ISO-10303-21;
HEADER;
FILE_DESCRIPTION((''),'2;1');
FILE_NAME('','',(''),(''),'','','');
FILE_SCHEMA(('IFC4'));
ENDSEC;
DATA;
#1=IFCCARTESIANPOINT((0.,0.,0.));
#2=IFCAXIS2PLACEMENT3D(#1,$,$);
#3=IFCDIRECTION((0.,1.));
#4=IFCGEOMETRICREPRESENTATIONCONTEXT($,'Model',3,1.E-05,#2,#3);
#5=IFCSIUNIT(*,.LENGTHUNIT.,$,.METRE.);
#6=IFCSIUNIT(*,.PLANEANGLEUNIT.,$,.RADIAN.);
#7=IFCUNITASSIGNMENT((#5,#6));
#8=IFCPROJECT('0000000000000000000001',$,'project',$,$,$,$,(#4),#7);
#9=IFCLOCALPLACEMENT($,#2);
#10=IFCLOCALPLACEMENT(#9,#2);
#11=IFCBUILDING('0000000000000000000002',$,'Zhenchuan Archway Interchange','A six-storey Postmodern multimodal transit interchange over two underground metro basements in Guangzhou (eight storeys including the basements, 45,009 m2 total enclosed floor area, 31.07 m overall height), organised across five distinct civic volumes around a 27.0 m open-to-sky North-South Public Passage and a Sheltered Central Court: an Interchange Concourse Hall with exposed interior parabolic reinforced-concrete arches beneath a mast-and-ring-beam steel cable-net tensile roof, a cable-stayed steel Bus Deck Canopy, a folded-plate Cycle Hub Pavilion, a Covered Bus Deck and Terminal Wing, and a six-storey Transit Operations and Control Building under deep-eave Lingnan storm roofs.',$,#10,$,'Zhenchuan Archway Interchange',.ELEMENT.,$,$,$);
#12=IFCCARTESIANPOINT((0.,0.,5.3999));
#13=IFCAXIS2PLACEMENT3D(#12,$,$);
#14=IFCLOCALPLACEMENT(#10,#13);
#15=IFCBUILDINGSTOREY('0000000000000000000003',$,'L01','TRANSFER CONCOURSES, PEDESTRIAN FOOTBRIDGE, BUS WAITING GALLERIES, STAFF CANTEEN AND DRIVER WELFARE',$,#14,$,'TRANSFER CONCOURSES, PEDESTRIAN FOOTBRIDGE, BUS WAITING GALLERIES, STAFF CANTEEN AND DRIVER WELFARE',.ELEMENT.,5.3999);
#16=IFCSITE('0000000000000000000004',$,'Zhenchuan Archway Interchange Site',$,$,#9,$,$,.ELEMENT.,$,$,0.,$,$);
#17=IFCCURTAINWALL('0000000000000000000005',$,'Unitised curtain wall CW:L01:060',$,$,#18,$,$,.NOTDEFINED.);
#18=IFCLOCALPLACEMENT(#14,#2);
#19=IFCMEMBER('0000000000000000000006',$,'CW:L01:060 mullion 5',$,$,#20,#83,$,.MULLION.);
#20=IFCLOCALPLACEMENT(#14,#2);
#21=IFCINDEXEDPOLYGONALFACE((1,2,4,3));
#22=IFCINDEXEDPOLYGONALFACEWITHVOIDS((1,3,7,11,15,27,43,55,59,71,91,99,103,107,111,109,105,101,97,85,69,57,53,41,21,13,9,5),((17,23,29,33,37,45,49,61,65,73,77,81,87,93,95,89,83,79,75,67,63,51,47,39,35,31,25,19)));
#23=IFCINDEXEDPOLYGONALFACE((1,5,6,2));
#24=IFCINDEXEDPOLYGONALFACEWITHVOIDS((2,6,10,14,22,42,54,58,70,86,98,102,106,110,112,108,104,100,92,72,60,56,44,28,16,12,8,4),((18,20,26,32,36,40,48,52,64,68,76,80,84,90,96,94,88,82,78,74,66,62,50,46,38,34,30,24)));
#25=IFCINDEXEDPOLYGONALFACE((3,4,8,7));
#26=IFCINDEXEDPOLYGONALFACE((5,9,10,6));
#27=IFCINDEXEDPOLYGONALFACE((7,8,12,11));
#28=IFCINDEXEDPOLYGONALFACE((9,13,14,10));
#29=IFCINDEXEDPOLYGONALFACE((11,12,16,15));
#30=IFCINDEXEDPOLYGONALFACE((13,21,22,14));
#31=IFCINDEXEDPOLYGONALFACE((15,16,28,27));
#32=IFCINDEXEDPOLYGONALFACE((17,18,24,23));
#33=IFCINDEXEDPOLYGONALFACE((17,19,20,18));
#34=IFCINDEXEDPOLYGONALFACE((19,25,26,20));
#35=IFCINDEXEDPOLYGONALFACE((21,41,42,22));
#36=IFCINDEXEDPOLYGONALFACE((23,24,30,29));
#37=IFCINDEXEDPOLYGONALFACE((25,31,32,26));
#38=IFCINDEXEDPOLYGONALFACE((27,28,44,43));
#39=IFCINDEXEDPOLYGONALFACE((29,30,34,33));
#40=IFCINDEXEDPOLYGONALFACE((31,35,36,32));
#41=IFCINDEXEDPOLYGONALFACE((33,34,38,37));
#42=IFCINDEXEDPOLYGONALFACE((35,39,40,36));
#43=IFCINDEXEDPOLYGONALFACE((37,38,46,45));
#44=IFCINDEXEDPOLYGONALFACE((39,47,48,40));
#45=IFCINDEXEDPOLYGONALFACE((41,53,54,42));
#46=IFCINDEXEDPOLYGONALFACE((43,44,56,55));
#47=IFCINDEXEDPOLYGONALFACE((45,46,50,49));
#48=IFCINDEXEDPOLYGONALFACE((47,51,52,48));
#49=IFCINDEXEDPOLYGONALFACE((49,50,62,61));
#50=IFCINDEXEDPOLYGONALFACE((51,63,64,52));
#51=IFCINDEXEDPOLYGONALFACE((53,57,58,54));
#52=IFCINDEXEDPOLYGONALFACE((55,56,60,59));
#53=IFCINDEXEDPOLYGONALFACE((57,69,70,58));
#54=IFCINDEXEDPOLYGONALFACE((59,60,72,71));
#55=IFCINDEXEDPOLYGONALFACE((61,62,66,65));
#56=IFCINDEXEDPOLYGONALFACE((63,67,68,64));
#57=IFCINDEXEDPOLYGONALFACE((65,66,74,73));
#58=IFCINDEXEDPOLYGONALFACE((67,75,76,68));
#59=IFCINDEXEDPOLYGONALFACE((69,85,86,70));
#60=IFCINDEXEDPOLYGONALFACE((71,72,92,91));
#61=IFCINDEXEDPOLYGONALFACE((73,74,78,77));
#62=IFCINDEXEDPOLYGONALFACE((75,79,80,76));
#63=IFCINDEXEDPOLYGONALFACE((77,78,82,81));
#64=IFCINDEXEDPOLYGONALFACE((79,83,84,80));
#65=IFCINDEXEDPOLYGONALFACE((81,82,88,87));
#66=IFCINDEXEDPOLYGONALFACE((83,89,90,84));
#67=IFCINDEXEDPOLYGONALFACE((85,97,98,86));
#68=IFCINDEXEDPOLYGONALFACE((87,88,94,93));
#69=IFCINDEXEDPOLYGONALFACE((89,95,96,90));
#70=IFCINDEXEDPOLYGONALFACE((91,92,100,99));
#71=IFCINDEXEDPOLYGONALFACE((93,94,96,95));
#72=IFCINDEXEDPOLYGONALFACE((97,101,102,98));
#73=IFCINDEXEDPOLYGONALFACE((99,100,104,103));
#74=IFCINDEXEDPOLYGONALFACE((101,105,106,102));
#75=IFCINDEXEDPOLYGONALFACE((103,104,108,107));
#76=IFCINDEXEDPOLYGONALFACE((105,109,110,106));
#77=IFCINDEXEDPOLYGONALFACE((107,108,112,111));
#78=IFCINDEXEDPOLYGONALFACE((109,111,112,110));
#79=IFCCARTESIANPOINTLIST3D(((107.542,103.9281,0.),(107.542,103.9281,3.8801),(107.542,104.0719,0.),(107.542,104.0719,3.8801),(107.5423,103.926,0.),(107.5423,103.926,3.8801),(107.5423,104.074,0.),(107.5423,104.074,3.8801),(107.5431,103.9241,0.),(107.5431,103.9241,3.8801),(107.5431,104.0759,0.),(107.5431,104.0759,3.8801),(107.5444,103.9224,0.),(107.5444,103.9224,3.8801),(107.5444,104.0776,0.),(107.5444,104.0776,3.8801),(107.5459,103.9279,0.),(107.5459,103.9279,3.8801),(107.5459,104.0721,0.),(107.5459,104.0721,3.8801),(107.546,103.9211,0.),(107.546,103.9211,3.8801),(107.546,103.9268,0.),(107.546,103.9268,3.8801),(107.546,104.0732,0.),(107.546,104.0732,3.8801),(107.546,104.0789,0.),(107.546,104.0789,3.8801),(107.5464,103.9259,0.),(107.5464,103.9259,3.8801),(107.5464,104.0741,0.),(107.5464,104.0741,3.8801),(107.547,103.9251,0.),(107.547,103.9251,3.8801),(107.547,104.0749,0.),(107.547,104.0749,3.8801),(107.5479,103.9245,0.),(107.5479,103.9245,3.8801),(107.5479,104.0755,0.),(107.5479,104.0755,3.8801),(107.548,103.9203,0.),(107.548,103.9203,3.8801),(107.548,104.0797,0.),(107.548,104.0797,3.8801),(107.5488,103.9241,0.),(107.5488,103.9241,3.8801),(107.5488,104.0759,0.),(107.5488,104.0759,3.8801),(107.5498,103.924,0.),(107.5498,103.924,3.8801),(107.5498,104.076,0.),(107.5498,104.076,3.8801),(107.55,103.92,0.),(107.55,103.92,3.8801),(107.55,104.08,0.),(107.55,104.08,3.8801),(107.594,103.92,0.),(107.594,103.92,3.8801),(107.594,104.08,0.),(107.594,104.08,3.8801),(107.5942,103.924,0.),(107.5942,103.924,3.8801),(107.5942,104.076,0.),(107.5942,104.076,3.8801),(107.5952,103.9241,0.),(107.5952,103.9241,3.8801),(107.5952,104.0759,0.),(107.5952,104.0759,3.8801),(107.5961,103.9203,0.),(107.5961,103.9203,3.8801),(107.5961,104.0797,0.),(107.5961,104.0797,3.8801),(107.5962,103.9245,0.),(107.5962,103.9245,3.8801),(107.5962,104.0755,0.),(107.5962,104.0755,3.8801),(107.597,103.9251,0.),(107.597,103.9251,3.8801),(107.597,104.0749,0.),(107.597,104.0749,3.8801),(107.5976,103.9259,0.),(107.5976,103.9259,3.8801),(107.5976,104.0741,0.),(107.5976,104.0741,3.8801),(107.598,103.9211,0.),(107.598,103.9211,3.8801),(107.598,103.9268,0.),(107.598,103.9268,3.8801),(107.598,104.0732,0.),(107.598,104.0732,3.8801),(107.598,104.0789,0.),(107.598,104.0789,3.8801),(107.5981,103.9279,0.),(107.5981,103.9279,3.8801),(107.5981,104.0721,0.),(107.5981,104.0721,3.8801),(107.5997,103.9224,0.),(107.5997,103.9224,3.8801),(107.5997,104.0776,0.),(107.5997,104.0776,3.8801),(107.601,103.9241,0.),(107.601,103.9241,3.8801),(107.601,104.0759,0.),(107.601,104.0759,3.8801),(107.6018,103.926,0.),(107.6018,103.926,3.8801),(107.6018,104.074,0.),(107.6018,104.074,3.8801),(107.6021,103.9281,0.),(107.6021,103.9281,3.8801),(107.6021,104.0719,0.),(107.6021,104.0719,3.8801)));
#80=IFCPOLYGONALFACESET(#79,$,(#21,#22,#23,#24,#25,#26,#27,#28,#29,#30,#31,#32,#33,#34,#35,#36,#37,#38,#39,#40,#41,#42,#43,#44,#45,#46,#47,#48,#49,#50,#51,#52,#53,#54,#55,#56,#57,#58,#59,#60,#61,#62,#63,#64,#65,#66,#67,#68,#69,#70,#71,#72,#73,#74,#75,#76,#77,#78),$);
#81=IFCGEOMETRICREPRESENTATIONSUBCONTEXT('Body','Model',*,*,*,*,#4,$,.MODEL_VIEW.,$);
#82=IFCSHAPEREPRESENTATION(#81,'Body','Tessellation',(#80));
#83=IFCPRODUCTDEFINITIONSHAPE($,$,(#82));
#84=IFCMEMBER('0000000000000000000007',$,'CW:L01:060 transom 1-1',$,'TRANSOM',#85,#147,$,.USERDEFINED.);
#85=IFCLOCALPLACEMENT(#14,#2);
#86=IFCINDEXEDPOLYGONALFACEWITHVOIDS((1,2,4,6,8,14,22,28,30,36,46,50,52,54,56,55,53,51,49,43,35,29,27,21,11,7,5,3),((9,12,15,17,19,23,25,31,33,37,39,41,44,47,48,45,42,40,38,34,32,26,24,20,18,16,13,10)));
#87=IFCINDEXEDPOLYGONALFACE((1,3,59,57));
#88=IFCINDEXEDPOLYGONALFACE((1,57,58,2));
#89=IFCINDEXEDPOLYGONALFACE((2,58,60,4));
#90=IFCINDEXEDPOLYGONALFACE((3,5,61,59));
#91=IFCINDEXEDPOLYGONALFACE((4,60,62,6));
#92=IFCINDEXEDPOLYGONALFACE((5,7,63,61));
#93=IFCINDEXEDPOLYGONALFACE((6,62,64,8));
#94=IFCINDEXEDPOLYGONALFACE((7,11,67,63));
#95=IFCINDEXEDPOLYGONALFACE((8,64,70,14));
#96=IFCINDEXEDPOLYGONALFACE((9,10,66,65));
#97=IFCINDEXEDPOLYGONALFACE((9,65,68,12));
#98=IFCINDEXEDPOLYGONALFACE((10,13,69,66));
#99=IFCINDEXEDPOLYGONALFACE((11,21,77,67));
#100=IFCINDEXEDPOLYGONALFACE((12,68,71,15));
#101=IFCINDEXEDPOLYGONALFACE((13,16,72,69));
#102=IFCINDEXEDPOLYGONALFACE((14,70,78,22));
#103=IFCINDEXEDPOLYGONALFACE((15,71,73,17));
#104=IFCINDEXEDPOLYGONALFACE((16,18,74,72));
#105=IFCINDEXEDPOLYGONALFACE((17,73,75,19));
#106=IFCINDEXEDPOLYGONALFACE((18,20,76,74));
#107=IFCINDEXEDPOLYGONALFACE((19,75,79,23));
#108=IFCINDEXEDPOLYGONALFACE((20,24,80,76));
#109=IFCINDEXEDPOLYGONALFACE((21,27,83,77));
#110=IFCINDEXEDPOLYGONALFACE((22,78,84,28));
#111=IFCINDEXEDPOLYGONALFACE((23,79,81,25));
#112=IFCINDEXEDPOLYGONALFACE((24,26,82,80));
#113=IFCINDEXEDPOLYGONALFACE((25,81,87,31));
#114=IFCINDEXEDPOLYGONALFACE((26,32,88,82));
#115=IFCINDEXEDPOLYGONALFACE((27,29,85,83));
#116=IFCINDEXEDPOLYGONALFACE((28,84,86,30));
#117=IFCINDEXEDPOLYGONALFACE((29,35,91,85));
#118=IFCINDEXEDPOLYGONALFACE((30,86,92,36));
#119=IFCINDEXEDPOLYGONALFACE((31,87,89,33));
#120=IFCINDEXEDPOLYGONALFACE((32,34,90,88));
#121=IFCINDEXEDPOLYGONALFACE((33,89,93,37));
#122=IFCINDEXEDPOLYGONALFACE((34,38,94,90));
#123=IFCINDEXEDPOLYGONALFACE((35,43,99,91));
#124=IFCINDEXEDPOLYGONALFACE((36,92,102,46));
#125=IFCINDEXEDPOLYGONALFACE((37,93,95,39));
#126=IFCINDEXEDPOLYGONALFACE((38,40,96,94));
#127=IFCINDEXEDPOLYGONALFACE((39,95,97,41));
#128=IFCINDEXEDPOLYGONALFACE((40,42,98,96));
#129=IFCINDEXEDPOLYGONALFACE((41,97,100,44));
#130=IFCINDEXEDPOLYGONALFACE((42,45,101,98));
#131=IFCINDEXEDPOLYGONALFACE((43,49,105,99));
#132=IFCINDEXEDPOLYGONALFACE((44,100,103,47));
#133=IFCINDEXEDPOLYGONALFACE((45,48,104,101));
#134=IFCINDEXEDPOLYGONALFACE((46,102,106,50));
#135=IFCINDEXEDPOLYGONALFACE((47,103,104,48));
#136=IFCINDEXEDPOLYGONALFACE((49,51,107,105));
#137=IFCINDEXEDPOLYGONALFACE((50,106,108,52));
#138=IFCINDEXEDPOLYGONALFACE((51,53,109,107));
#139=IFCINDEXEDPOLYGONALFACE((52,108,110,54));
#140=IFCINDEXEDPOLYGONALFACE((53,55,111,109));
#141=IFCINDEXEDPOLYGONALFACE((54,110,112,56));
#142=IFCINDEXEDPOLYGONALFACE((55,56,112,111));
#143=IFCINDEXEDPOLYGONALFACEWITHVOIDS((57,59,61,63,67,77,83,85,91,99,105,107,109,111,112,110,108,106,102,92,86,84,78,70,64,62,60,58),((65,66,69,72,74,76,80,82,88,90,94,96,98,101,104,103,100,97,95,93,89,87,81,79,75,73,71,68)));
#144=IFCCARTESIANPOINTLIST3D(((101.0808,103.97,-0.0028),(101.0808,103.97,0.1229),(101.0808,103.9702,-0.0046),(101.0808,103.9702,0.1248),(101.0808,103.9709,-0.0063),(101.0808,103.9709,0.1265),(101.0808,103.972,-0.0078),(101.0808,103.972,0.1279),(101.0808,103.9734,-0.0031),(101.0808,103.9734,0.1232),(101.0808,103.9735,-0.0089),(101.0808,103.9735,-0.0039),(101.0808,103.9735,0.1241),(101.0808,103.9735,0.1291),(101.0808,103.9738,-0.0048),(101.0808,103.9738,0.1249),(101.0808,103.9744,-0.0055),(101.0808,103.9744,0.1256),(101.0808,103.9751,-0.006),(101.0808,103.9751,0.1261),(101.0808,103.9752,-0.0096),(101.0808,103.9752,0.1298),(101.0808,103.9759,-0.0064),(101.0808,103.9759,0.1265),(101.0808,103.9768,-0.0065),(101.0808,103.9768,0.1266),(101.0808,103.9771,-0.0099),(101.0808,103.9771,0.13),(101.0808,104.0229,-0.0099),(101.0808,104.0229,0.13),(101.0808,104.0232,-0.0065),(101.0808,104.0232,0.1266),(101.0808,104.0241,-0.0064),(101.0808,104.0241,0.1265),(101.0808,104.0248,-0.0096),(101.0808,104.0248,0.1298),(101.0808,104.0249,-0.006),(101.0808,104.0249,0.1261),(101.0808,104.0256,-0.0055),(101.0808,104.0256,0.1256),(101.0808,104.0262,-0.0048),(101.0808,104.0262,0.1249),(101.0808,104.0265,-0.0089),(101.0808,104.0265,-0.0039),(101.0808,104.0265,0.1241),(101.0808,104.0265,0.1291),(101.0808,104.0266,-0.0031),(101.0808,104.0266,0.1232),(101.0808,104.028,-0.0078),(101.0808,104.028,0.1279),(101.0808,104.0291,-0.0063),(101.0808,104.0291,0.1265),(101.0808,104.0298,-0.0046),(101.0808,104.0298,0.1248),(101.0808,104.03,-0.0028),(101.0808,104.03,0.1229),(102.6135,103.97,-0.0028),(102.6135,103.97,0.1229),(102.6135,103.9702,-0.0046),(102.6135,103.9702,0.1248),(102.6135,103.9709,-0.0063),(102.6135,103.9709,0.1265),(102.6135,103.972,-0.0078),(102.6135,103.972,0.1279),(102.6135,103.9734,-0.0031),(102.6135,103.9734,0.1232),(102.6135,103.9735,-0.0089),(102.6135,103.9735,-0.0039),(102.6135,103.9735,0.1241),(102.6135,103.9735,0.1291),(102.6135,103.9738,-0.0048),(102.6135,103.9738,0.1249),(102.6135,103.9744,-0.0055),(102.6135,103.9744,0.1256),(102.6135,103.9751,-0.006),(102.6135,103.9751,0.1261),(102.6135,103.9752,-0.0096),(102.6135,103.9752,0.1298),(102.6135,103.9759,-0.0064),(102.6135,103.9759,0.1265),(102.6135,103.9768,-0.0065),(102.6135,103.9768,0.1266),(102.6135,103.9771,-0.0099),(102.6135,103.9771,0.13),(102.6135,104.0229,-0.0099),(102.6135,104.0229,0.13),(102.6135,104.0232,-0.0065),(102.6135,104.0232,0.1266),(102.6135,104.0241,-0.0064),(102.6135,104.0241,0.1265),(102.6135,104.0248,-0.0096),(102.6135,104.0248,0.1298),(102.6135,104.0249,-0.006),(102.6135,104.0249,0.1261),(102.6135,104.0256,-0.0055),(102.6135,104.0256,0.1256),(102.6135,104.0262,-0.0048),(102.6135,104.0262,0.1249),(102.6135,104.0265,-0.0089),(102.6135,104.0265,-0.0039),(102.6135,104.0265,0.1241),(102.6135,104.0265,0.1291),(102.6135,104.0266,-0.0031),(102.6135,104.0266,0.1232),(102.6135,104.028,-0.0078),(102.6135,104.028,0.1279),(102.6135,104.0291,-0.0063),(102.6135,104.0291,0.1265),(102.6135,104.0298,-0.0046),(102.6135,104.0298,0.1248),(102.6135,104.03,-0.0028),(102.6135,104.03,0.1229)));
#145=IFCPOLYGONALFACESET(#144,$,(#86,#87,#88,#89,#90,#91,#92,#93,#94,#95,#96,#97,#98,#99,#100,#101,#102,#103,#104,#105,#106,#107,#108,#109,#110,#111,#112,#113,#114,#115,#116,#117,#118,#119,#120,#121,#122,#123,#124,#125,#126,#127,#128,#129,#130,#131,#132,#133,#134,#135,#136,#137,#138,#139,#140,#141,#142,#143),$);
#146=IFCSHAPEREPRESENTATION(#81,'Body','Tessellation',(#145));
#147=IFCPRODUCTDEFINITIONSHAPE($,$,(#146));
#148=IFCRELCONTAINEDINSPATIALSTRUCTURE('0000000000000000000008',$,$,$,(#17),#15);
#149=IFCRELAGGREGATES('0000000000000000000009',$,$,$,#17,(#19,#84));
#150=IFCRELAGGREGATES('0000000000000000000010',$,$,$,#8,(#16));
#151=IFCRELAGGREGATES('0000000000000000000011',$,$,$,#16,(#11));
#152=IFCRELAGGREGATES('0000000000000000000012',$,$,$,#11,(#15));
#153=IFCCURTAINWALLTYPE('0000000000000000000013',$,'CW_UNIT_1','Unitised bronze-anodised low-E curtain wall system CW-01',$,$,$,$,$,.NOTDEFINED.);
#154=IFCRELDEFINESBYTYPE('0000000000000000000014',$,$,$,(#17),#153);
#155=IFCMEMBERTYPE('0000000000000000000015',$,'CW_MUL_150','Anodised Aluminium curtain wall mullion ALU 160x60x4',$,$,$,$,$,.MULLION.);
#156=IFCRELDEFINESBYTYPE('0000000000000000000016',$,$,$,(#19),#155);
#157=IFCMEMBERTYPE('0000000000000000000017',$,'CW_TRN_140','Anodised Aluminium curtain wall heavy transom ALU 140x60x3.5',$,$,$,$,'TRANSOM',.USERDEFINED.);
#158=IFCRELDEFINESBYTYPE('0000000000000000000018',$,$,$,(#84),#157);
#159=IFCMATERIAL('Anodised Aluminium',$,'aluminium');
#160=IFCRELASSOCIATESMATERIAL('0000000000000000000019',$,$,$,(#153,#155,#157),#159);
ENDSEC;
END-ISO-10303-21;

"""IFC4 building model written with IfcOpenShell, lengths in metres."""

from ifc_helpers import new_model, si_unit, direction, frame, origin, origin_2d, place, context, subcontext, project, spatial, hollow_rectangle, extrude, material, material_profile, profile_set, type_object, element, aggregate, save


model = new_model("IFC4")

# Units and contexts
model_context = context("Model", 3, precision=1e-05, world=origin(), true_north=direction((0.0, 1.0)))
body_context = subcontext(model_context, "Body", "Model", "MODEL_VIEW")
ifc_project = project(units=[si_unit("LENGTHUNIT", "METRE"), si_unit("PLANEANGLEUNIT", "RADIAN")], contexts=[model_context])

# Site, building, storey
site_placement = place(None, origin())
site = spatial("IfcSite", under=ifc_project, at=site_placement, Name="Zhenchuan Archway Interchange Site", CompositionType="ELEMENT", RefElevation=0.0)
building_placement = place(site_placement, origin())
building = spatial("IfcBuilding", under=site, at=building_placement, Name="Zhenchuan Archway Interchange", Description="A six-storey Postmodern multimodal transit interchange over two underground metro basements in Guangzhou (eight storeys including the basements, 45,009 m2 total enclosed floor area, 31.07 m overall height), organised across five distinct civic volumes around a 27.0 m open-to-sky North-South Public Passage and a Sheltered Central Court: an Interchange Concourse Hall with exposed interior parabolic reinforced-concrete arches beneath a mast-and-ring-beam steel cable-net tensile roof, a cable-stayed steel Bus Deck Canopy, a folded-plate Cycle Hub Pavilion, a Covered Bus Deck and Terminal Wing, and a six-storey Transit Operations and Control Building under deep-eave Lingnan storm roofs.", LongName="Zhenchuan Archway Interchange", CompositionType="ELEMENT")
storey_placement = place(building_placement, frame((0.0, 0.0, 5.3999)))
storey = spatial("IfcBuildingStorey", under=building, at=storey_placement, Name="L01", Description="TRANSFER CONCOURSES, PEDESTRIAN FOOTBRIDGE, BUS WAITING GALLERIES, STAFF CANTEEN AND DRIVER WELFARE", LongName="TRANSFER CONCOURSES, PEDESTRIAN FOOTBRIDGE, BUS WAITING GALLERIES, STAFF CANTEEN AND DRIVER WELFARE", CompositionType="ELEMENT", Elevation=5.3999)

# Curtain wall, members
ifc_material_1 = material(Name="Anodised Aluminium", Category="aluminium")
curtain_wall_type = type_object("IfcCurtainWallType", Name="CW_UNIT_1", Description="Unitised bronze-anodised low-E curtain wall system CW-01", PredefinedType="NOTDEFINED", material=ifc_material_1)
curtain_wall_placement = place(storey_placement, origin())
curtain_wall = element("IfcCurtainWall", 1, at=curtain_wall_placement, inside=storey, type_object=curtain_wall_type, Name="Unitised curtain wall CW:L01:060", PredefinedType="NOTDEFINED")
ifc_material_profile_1 = material_profile(ifc_material_1, hollow_rectangle(XDim=0.0601, YDim=0.1599, WallThickness=0.0039, InnerFilletRadius=0.0039, OuterFilletRadius=0.0081, at=origin_2d()), Name="ALU 160x60x4")
ifc_profile_set_1 = profile_set([ifc_material_profile_1], Name="Anodised Aluminium")
member_type_1 = type_object("IfcMemberType", Name="CW_MUL_150", Description="Anodised Aluminium curtain wall mullion ALU 160x60x4", PredefinedType="MULLION", material=ifc_profile_set_1)
member_1_placement = place(storey_placement, frame((107.572, 104.0, 0.0), z_axis=(0.0, 0.0, 1.0), x_axis=(1.0, 0.0, 0.0)))
member_1 = element("IfcMember", 2, at=member_1_placement, type_object=member_type_1, Name="CW:L01:060 mullion 5", PredefinedType="MULLION", context=body_context, shape_type="SweptSolid", body=[
    extrude(hollow_rectangle(XDim=0.0601, YDim=0.1599, WallThickness=0.0039, InnerFilletRadius=0.0039, OuterFilletRadius=0.0081, at=origin_2d()), origin(), (0.0, 0.0, 1.0), 3.8801),
])
ifc_material_profile_2 = material_profile(ifc_material_1, hollow_rectangle(XDim=0.0601, YDim=0.1399, WallThickness=0.0034, InnerFilletRadius=0.0034, OuterFilletRadius=0.0071, at=origin_2d()), Name="ALU 140x60x3.5")
ifc_profile_set_2 = profile_set([ifc_material_profile_2], Name="Anodised Aluminium")
member_type_2 = type_object("IfcMemberType", Name="CW_TRN_140", Description="Anodised Aluminium curtain wall heavy transom ALU 140x60x3.5", ElementType="TRANSOM", PredefinedType="USERDEFINED", material=ifc_profile_set_2)
member_2_placement = place(storey_placement, frame((101.0808, 104.0, 0.0601), z_axis=(1.0, 0.0, 0.0), x_axis=(0.0, 1.0, 0.0)))
member_2 = element("IfcMember", 3, at=member_2_placement, type_object=member_type_2, Name="CW:L01:060 transom 1-1", ObjectType="TRANSOM", PredefinedType="USERDEFINED", context=body_context, shape_type="SweptSolid", body=[
    extrude(hollow_rectangle(XDim=0.0601, YDim=0.1399, WallThickness=0.0034, InnerFilletRadius=0.0034, OuterFilletRadius=0.0071, at=origin_2d()), origin(), (0.0, 0.0, 1.0), 1.5327),
])
aggregate(curtain_wall, [member_1, member_2])

save(model, "model.ifc")
